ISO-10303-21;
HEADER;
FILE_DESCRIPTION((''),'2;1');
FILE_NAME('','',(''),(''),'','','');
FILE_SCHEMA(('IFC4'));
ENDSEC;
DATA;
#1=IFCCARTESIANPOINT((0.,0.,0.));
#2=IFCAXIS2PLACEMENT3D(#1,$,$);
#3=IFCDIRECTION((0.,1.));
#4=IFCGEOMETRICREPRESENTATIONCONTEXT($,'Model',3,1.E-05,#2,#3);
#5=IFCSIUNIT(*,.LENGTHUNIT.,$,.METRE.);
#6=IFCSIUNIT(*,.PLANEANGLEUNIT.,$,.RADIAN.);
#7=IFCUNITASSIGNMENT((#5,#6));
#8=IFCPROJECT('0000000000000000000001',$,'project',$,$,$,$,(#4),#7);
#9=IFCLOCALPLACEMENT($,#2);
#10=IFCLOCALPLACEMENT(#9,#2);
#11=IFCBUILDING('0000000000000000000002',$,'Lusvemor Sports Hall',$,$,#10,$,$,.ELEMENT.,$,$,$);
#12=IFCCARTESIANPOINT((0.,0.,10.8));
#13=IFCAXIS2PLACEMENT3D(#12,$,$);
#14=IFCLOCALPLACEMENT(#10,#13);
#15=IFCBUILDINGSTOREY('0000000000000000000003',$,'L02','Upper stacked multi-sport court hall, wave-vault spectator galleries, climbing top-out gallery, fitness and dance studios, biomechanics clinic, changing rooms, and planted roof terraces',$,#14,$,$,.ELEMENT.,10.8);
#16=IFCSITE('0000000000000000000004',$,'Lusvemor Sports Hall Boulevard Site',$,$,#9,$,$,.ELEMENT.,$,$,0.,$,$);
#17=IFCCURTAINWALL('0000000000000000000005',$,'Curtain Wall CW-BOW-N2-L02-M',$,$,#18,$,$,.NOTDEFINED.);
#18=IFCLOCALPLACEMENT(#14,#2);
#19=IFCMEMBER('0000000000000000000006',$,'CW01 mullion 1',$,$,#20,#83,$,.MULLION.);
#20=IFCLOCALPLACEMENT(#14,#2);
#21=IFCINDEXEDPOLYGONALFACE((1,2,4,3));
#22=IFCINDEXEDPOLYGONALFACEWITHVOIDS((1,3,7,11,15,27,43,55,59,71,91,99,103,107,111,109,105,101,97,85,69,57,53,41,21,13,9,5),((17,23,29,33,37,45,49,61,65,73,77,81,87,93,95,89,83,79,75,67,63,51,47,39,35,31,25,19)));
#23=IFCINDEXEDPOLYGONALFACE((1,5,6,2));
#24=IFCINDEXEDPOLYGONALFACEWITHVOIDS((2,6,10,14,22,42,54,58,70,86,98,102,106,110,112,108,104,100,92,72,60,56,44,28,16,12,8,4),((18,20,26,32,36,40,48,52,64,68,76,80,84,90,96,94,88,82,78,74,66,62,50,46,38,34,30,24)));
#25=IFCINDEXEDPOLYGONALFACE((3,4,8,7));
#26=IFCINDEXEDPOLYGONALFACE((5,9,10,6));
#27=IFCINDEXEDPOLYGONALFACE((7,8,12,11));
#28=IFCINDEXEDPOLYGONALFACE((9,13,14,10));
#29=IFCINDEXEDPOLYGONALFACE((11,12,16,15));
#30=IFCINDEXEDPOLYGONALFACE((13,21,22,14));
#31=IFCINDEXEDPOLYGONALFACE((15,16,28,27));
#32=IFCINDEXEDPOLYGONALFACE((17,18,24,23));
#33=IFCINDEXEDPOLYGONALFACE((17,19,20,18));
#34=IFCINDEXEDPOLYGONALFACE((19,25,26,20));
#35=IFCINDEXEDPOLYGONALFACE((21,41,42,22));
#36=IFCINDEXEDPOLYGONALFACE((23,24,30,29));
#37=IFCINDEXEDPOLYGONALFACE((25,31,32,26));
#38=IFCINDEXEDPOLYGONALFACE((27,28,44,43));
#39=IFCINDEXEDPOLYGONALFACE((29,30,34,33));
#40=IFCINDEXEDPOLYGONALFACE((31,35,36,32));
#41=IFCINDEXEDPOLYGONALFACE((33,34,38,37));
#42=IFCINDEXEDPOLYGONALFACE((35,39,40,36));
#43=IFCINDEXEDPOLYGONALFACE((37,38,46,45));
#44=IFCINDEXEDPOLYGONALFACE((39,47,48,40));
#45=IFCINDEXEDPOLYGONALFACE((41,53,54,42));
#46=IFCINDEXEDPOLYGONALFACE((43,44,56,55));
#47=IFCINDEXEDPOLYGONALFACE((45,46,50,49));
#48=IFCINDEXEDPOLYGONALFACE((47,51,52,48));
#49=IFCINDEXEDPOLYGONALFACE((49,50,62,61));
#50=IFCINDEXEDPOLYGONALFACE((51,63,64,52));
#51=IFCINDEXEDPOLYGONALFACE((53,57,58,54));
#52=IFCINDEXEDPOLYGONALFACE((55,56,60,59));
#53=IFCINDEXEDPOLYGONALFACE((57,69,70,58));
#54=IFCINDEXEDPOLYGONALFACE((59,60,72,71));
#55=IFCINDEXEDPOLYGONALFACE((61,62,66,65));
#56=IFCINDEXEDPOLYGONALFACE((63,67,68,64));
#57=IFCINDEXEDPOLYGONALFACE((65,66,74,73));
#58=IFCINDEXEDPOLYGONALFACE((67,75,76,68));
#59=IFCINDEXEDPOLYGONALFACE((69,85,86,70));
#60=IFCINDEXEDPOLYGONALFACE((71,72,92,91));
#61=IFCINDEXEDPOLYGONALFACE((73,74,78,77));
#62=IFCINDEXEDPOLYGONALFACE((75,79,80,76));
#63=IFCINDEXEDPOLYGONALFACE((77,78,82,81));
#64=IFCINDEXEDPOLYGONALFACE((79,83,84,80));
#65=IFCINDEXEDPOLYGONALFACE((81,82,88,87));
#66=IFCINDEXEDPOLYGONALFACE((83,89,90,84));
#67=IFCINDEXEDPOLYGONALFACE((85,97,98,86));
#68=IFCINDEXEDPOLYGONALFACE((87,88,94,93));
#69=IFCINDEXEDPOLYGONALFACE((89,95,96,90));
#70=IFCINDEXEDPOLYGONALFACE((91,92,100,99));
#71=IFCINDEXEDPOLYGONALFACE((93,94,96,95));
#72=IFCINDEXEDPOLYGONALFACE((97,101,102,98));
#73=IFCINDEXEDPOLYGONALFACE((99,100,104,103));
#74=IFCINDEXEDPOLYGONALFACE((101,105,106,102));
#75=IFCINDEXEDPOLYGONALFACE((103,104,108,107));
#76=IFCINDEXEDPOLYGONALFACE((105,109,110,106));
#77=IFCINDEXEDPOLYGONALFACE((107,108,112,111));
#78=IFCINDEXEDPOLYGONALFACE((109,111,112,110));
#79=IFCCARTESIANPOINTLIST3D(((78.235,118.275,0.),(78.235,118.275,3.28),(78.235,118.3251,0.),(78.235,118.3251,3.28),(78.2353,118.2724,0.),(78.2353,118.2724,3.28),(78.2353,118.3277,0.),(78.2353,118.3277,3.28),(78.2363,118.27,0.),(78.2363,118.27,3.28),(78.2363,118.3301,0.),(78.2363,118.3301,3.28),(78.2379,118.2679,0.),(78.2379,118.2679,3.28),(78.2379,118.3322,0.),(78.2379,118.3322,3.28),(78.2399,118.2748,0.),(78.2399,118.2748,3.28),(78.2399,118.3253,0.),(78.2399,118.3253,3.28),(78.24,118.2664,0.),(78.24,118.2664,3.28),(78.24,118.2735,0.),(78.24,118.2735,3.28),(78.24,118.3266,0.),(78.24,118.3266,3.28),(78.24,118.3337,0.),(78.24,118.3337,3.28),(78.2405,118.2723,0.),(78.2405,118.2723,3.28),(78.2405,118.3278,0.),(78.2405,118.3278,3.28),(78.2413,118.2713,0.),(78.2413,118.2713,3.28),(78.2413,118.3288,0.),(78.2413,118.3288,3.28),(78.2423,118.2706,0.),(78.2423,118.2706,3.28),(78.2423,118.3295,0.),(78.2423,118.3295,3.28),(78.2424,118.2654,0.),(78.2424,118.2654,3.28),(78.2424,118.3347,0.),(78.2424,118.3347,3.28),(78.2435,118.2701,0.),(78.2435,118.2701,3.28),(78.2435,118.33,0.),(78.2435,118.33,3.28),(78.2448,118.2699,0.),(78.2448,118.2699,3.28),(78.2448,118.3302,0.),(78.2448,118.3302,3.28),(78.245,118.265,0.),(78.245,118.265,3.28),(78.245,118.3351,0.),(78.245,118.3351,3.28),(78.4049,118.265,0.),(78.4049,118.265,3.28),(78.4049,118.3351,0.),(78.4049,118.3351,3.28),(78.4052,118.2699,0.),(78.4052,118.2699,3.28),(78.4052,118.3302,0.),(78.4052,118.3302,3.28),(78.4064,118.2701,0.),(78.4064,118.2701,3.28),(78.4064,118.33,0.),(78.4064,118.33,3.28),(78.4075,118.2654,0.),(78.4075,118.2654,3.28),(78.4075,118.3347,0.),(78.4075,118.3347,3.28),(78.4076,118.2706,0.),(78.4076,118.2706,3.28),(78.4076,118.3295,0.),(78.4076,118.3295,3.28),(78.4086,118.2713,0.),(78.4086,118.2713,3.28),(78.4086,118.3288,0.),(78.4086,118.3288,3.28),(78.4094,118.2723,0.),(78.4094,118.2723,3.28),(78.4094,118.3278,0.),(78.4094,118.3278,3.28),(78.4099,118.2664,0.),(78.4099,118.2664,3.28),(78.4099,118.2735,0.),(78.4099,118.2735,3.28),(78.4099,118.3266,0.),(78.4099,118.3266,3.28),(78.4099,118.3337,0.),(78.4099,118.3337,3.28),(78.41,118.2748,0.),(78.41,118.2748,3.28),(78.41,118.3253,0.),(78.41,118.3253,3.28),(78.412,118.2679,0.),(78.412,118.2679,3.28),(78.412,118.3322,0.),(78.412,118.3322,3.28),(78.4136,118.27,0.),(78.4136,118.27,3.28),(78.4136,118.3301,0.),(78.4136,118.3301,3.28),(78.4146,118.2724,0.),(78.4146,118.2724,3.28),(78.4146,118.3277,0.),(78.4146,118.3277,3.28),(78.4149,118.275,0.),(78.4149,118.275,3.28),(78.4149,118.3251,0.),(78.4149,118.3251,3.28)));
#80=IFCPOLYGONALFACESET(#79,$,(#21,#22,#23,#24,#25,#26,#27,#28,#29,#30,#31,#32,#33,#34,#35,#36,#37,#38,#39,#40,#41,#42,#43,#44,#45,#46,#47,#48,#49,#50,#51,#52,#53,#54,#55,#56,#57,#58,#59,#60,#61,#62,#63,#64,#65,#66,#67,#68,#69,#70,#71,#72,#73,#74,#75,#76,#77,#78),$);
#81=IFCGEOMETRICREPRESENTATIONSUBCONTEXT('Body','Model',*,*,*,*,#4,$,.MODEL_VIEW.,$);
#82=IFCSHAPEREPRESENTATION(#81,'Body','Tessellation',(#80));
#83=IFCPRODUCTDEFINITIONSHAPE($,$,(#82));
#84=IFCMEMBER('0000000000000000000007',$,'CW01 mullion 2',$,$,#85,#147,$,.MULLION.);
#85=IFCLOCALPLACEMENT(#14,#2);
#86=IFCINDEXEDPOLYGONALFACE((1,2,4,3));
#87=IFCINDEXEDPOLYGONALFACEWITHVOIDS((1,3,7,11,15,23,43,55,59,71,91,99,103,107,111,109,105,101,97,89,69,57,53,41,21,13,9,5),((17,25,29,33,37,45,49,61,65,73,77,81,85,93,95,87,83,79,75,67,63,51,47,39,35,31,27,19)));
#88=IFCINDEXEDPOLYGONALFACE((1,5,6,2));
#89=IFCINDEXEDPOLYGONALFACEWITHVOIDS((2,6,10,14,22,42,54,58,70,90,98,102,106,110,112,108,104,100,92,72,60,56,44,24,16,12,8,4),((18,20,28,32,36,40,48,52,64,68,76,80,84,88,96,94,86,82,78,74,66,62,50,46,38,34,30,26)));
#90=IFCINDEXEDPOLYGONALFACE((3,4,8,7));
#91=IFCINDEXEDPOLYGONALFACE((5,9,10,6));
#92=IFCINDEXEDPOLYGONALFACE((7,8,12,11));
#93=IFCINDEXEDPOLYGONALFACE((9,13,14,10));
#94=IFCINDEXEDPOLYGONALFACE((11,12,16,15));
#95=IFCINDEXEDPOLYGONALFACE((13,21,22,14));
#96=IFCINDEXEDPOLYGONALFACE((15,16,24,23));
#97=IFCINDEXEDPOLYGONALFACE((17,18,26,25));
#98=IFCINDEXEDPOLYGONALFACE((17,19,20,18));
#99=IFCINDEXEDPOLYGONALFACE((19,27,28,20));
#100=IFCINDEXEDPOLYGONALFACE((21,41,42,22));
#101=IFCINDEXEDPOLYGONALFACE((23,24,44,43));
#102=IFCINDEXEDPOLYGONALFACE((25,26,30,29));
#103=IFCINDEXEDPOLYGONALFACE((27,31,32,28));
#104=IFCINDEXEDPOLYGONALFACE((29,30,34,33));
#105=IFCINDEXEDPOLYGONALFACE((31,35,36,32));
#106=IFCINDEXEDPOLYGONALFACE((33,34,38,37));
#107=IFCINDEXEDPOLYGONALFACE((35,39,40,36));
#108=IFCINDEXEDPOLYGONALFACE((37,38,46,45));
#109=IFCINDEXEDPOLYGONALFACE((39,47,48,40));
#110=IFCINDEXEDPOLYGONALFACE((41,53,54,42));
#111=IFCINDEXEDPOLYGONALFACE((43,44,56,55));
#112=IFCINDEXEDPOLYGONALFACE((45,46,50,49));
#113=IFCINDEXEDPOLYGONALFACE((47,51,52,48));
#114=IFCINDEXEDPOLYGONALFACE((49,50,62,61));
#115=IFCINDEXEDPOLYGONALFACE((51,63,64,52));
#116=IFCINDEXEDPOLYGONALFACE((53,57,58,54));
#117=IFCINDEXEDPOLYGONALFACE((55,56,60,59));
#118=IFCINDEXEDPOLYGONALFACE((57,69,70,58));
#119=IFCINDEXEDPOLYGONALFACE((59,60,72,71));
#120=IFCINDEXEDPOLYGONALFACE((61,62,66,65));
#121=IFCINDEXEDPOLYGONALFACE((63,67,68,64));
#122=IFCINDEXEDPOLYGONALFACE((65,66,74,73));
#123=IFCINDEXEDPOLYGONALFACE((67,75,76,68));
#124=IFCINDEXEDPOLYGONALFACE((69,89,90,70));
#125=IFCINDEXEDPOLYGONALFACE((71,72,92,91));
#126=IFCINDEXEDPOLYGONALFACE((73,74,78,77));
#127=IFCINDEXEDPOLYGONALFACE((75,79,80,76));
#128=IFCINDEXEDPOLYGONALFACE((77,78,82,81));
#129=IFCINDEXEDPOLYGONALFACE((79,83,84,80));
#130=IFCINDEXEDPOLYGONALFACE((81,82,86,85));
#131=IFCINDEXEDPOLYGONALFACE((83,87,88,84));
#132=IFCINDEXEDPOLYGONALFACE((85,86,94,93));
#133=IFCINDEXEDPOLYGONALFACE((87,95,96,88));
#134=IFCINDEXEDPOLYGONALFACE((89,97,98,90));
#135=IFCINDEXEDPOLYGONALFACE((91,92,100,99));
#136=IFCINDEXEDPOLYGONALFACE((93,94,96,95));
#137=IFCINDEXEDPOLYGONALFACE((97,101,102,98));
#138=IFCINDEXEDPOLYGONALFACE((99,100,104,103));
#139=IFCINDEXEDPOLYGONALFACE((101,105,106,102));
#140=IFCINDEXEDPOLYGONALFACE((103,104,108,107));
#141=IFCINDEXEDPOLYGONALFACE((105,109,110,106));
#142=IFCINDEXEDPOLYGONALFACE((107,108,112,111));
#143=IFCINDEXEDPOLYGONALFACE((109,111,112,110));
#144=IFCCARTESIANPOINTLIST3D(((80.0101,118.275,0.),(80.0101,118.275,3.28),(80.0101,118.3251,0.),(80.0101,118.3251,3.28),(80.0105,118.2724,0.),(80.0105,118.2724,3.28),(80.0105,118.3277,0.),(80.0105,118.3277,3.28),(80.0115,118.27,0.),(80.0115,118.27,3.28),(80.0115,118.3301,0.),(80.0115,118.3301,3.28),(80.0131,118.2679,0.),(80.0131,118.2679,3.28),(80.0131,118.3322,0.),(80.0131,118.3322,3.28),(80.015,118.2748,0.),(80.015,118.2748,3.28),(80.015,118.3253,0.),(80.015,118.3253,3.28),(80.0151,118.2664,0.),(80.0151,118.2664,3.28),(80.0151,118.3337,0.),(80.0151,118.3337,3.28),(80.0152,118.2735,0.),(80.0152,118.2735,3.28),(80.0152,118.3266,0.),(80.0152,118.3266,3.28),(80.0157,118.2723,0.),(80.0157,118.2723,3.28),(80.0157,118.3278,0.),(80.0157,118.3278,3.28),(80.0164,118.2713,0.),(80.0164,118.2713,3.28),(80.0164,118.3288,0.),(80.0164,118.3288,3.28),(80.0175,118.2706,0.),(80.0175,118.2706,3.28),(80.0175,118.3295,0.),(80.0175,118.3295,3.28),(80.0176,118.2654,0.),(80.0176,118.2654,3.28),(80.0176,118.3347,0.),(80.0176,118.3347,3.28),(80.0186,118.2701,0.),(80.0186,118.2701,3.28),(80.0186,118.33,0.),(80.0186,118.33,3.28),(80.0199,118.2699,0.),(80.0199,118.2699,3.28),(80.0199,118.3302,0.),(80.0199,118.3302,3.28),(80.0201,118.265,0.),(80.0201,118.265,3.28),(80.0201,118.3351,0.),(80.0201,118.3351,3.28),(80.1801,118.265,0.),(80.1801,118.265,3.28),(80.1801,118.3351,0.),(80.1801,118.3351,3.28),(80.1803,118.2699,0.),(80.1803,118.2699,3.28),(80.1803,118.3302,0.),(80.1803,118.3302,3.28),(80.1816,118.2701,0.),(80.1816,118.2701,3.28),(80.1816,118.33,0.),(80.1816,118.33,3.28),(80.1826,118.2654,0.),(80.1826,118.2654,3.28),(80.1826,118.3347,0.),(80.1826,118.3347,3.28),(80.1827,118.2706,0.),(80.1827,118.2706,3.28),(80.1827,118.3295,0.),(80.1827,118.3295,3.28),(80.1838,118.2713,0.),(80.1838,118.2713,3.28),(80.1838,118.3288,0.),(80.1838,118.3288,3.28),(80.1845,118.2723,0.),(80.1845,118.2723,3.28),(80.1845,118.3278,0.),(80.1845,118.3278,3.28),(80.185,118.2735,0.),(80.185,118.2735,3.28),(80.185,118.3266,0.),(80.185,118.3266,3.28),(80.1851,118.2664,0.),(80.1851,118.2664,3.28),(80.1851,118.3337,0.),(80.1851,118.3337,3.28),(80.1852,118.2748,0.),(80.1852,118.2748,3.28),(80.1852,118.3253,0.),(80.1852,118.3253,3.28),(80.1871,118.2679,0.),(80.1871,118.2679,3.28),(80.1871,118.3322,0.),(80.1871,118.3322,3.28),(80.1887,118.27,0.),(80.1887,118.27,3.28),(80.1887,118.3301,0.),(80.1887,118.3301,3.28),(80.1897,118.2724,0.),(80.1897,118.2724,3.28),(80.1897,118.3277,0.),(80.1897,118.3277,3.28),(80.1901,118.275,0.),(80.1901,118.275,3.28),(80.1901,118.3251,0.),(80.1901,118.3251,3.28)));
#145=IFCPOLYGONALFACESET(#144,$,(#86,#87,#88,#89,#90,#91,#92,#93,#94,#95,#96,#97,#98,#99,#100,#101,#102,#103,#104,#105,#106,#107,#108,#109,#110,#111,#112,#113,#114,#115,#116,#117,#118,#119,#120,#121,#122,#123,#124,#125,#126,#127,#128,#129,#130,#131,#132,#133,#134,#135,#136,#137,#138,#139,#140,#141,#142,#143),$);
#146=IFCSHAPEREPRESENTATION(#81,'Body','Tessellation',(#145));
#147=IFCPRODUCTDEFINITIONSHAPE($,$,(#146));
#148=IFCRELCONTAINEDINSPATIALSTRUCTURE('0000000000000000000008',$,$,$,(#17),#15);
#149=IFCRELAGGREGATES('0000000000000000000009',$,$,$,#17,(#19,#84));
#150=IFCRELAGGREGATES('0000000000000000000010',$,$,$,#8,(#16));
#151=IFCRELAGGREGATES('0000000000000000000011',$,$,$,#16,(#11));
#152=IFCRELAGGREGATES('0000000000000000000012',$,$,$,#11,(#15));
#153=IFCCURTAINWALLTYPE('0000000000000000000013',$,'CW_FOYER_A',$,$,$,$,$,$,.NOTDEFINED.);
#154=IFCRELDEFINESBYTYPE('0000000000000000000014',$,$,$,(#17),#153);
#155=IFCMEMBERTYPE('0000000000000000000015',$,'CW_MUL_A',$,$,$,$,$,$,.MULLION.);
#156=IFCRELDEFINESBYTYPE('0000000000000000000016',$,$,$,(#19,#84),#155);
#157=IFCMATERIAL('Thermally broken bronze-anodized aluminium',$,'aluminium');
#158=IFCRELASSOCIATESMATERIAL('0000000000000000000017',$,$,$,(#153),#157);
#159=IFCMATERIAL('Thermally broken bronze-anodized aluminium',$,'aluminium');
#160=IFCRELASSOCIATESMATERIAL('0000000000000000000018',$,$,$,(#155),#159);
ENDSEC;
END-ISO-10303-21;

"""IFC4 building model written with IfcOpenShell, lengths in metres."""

from ifc_helpers import new_model, si_unit, direction, frame, origin, origin_2d, place, context, subcontext, project, spatial, hollow_rectangle, extrude, material, material_profile, profile_set, type_object, element, aggregate, save


model = new_model("IFC4")

# Units and contexts
model_context = context("Model", 3, precision=1e-05, world=origin(), true_north=direction((0.0, 1.0)))
body_context = subcontext(model_context, "Body", "Model", "MODEL_VIEW")
ifc_project = project(units=[si_unit("LENGTHUNIT", "METRE"), si_unit("PLANEANGLEUNIT", "RADIAN")], contexts=[model_context])

# Site, building, storey
site_placement = place(None, origin())
site = spatial("IfcSite", under=ifc_project, at=site_placement, Name="Lusvemor Sports Hall Boulevard Site", CompositionType="ELEMENT", RefElevation=0.0)
building_placement = place(site_placement, origin())
building = spatial("IfcBuilding", under=site, at=building_placement, Name="Lusvemor Sports Hall", CompositionType="ELEMENT")
storey_placement = place(building_placement, frame((0.0, 0.0, 10.8)))
storey = spatial("IfcBuildingStorey", under=building, at=storey_placement, Name="L02", Description="Upper stacked multi-sport court hall, wave-vault spectator galleries, climbing top-out gallery, fitness and dance studios, biomechanics clinic, changing rooms, and planted roof terraces", CompositionType="ELEMENT", Elevation=10.8)

# Curtain wall, members
ifc_material_1 = material(Name="Thermally broken bronze-anodized aluminium", Category="aluminium")
curtain_wall_type_1 = type_object("IfcCurtainWallType", Name="CW_FOYER_A", PredefinedType="NOTDEFINED", material=ifc_material_1)
curtain_wall_1_placement = place(storey_placement, origin())
curtain_wall_1 = element("IfcCurtainWall", 1, at=curtain_wall_1_placement, inside=storey, type_object=curtain_wall_type_1, Name="Curtain Wall CW-BOW-N2-L02-M", PredefinedType="NOTDEFINED")
ifc_material_2 = material(Name="Thermally broken bronze-anodized aluminium", Category="aluminium")
ifc_material_profile_1 = material_profile(ifc_material_2, hollow_rectangle(XDim=0.0701, YDim=0.1799, WallThickness=0.0049, InnerFilletRadius=0.0049, OuterFilletRadius=0.01, at=origin_2d()), Name="CWMUL180x70x5")
ifc_profile_set_1 = profile_set([ifc_material_profile_1], Name="Thermally broken bronze-anodized aluminium")
member_type_1 = type_object("IfcMemberType", Name="CW_MUL_A", PredefinedType="MULLION", material=ifc_profile_set_1)
member_1_placement = place(storey_placement, frame((78.325, 118.3, 0.0), z_axis=(0.0, 0.0, 1.0), x_axis=(0.0, 1.0, 0.0)))
member_1 = element("IfcMember", 2, at=member_1_placement, type_object=member_type_1, Name="CW01 mullion 1", PredefinedType="MULLION", context=body_context, shape_type="SweptSolid", body=[
    extrude(hollow_rectangle(XDim=0.0701, YDim=0.1799, WallThickness=0.0049, InnerFilletRadius=0.0049, OuterFilletRadius=0.01, at=origin_2d()), origin(), (0.0, 0.0, 1.0), 3.28),
])
member_2_placement = place(storey_placement, frame((80.1001, 118.3, 0.0), z_axis=(0.0, 0.0, 1.0), x_axis=(0.0, 1.0, 0.0)))
member_2 = element("IfcMember", 3, at=member_2_placement, type_object=member_type_1, Name="CW01 mullion 2", PredefinedType="MULLION", context=body_context, shape_type="SweptSolid", body=[
    extrude(hollow_rectangle(XDim=0.0701, YDim=0.1799, WallThickness=0.0049, InnerFilletRadius=0.0049, OuterFilletRadius=0.01, at=origin_2d()), origin(), (0.0, 0.0, 1.0), 3.28),
])

aggregate(curtain_wall_1, [member_1, member_2])

save(model, "model.ifc")
